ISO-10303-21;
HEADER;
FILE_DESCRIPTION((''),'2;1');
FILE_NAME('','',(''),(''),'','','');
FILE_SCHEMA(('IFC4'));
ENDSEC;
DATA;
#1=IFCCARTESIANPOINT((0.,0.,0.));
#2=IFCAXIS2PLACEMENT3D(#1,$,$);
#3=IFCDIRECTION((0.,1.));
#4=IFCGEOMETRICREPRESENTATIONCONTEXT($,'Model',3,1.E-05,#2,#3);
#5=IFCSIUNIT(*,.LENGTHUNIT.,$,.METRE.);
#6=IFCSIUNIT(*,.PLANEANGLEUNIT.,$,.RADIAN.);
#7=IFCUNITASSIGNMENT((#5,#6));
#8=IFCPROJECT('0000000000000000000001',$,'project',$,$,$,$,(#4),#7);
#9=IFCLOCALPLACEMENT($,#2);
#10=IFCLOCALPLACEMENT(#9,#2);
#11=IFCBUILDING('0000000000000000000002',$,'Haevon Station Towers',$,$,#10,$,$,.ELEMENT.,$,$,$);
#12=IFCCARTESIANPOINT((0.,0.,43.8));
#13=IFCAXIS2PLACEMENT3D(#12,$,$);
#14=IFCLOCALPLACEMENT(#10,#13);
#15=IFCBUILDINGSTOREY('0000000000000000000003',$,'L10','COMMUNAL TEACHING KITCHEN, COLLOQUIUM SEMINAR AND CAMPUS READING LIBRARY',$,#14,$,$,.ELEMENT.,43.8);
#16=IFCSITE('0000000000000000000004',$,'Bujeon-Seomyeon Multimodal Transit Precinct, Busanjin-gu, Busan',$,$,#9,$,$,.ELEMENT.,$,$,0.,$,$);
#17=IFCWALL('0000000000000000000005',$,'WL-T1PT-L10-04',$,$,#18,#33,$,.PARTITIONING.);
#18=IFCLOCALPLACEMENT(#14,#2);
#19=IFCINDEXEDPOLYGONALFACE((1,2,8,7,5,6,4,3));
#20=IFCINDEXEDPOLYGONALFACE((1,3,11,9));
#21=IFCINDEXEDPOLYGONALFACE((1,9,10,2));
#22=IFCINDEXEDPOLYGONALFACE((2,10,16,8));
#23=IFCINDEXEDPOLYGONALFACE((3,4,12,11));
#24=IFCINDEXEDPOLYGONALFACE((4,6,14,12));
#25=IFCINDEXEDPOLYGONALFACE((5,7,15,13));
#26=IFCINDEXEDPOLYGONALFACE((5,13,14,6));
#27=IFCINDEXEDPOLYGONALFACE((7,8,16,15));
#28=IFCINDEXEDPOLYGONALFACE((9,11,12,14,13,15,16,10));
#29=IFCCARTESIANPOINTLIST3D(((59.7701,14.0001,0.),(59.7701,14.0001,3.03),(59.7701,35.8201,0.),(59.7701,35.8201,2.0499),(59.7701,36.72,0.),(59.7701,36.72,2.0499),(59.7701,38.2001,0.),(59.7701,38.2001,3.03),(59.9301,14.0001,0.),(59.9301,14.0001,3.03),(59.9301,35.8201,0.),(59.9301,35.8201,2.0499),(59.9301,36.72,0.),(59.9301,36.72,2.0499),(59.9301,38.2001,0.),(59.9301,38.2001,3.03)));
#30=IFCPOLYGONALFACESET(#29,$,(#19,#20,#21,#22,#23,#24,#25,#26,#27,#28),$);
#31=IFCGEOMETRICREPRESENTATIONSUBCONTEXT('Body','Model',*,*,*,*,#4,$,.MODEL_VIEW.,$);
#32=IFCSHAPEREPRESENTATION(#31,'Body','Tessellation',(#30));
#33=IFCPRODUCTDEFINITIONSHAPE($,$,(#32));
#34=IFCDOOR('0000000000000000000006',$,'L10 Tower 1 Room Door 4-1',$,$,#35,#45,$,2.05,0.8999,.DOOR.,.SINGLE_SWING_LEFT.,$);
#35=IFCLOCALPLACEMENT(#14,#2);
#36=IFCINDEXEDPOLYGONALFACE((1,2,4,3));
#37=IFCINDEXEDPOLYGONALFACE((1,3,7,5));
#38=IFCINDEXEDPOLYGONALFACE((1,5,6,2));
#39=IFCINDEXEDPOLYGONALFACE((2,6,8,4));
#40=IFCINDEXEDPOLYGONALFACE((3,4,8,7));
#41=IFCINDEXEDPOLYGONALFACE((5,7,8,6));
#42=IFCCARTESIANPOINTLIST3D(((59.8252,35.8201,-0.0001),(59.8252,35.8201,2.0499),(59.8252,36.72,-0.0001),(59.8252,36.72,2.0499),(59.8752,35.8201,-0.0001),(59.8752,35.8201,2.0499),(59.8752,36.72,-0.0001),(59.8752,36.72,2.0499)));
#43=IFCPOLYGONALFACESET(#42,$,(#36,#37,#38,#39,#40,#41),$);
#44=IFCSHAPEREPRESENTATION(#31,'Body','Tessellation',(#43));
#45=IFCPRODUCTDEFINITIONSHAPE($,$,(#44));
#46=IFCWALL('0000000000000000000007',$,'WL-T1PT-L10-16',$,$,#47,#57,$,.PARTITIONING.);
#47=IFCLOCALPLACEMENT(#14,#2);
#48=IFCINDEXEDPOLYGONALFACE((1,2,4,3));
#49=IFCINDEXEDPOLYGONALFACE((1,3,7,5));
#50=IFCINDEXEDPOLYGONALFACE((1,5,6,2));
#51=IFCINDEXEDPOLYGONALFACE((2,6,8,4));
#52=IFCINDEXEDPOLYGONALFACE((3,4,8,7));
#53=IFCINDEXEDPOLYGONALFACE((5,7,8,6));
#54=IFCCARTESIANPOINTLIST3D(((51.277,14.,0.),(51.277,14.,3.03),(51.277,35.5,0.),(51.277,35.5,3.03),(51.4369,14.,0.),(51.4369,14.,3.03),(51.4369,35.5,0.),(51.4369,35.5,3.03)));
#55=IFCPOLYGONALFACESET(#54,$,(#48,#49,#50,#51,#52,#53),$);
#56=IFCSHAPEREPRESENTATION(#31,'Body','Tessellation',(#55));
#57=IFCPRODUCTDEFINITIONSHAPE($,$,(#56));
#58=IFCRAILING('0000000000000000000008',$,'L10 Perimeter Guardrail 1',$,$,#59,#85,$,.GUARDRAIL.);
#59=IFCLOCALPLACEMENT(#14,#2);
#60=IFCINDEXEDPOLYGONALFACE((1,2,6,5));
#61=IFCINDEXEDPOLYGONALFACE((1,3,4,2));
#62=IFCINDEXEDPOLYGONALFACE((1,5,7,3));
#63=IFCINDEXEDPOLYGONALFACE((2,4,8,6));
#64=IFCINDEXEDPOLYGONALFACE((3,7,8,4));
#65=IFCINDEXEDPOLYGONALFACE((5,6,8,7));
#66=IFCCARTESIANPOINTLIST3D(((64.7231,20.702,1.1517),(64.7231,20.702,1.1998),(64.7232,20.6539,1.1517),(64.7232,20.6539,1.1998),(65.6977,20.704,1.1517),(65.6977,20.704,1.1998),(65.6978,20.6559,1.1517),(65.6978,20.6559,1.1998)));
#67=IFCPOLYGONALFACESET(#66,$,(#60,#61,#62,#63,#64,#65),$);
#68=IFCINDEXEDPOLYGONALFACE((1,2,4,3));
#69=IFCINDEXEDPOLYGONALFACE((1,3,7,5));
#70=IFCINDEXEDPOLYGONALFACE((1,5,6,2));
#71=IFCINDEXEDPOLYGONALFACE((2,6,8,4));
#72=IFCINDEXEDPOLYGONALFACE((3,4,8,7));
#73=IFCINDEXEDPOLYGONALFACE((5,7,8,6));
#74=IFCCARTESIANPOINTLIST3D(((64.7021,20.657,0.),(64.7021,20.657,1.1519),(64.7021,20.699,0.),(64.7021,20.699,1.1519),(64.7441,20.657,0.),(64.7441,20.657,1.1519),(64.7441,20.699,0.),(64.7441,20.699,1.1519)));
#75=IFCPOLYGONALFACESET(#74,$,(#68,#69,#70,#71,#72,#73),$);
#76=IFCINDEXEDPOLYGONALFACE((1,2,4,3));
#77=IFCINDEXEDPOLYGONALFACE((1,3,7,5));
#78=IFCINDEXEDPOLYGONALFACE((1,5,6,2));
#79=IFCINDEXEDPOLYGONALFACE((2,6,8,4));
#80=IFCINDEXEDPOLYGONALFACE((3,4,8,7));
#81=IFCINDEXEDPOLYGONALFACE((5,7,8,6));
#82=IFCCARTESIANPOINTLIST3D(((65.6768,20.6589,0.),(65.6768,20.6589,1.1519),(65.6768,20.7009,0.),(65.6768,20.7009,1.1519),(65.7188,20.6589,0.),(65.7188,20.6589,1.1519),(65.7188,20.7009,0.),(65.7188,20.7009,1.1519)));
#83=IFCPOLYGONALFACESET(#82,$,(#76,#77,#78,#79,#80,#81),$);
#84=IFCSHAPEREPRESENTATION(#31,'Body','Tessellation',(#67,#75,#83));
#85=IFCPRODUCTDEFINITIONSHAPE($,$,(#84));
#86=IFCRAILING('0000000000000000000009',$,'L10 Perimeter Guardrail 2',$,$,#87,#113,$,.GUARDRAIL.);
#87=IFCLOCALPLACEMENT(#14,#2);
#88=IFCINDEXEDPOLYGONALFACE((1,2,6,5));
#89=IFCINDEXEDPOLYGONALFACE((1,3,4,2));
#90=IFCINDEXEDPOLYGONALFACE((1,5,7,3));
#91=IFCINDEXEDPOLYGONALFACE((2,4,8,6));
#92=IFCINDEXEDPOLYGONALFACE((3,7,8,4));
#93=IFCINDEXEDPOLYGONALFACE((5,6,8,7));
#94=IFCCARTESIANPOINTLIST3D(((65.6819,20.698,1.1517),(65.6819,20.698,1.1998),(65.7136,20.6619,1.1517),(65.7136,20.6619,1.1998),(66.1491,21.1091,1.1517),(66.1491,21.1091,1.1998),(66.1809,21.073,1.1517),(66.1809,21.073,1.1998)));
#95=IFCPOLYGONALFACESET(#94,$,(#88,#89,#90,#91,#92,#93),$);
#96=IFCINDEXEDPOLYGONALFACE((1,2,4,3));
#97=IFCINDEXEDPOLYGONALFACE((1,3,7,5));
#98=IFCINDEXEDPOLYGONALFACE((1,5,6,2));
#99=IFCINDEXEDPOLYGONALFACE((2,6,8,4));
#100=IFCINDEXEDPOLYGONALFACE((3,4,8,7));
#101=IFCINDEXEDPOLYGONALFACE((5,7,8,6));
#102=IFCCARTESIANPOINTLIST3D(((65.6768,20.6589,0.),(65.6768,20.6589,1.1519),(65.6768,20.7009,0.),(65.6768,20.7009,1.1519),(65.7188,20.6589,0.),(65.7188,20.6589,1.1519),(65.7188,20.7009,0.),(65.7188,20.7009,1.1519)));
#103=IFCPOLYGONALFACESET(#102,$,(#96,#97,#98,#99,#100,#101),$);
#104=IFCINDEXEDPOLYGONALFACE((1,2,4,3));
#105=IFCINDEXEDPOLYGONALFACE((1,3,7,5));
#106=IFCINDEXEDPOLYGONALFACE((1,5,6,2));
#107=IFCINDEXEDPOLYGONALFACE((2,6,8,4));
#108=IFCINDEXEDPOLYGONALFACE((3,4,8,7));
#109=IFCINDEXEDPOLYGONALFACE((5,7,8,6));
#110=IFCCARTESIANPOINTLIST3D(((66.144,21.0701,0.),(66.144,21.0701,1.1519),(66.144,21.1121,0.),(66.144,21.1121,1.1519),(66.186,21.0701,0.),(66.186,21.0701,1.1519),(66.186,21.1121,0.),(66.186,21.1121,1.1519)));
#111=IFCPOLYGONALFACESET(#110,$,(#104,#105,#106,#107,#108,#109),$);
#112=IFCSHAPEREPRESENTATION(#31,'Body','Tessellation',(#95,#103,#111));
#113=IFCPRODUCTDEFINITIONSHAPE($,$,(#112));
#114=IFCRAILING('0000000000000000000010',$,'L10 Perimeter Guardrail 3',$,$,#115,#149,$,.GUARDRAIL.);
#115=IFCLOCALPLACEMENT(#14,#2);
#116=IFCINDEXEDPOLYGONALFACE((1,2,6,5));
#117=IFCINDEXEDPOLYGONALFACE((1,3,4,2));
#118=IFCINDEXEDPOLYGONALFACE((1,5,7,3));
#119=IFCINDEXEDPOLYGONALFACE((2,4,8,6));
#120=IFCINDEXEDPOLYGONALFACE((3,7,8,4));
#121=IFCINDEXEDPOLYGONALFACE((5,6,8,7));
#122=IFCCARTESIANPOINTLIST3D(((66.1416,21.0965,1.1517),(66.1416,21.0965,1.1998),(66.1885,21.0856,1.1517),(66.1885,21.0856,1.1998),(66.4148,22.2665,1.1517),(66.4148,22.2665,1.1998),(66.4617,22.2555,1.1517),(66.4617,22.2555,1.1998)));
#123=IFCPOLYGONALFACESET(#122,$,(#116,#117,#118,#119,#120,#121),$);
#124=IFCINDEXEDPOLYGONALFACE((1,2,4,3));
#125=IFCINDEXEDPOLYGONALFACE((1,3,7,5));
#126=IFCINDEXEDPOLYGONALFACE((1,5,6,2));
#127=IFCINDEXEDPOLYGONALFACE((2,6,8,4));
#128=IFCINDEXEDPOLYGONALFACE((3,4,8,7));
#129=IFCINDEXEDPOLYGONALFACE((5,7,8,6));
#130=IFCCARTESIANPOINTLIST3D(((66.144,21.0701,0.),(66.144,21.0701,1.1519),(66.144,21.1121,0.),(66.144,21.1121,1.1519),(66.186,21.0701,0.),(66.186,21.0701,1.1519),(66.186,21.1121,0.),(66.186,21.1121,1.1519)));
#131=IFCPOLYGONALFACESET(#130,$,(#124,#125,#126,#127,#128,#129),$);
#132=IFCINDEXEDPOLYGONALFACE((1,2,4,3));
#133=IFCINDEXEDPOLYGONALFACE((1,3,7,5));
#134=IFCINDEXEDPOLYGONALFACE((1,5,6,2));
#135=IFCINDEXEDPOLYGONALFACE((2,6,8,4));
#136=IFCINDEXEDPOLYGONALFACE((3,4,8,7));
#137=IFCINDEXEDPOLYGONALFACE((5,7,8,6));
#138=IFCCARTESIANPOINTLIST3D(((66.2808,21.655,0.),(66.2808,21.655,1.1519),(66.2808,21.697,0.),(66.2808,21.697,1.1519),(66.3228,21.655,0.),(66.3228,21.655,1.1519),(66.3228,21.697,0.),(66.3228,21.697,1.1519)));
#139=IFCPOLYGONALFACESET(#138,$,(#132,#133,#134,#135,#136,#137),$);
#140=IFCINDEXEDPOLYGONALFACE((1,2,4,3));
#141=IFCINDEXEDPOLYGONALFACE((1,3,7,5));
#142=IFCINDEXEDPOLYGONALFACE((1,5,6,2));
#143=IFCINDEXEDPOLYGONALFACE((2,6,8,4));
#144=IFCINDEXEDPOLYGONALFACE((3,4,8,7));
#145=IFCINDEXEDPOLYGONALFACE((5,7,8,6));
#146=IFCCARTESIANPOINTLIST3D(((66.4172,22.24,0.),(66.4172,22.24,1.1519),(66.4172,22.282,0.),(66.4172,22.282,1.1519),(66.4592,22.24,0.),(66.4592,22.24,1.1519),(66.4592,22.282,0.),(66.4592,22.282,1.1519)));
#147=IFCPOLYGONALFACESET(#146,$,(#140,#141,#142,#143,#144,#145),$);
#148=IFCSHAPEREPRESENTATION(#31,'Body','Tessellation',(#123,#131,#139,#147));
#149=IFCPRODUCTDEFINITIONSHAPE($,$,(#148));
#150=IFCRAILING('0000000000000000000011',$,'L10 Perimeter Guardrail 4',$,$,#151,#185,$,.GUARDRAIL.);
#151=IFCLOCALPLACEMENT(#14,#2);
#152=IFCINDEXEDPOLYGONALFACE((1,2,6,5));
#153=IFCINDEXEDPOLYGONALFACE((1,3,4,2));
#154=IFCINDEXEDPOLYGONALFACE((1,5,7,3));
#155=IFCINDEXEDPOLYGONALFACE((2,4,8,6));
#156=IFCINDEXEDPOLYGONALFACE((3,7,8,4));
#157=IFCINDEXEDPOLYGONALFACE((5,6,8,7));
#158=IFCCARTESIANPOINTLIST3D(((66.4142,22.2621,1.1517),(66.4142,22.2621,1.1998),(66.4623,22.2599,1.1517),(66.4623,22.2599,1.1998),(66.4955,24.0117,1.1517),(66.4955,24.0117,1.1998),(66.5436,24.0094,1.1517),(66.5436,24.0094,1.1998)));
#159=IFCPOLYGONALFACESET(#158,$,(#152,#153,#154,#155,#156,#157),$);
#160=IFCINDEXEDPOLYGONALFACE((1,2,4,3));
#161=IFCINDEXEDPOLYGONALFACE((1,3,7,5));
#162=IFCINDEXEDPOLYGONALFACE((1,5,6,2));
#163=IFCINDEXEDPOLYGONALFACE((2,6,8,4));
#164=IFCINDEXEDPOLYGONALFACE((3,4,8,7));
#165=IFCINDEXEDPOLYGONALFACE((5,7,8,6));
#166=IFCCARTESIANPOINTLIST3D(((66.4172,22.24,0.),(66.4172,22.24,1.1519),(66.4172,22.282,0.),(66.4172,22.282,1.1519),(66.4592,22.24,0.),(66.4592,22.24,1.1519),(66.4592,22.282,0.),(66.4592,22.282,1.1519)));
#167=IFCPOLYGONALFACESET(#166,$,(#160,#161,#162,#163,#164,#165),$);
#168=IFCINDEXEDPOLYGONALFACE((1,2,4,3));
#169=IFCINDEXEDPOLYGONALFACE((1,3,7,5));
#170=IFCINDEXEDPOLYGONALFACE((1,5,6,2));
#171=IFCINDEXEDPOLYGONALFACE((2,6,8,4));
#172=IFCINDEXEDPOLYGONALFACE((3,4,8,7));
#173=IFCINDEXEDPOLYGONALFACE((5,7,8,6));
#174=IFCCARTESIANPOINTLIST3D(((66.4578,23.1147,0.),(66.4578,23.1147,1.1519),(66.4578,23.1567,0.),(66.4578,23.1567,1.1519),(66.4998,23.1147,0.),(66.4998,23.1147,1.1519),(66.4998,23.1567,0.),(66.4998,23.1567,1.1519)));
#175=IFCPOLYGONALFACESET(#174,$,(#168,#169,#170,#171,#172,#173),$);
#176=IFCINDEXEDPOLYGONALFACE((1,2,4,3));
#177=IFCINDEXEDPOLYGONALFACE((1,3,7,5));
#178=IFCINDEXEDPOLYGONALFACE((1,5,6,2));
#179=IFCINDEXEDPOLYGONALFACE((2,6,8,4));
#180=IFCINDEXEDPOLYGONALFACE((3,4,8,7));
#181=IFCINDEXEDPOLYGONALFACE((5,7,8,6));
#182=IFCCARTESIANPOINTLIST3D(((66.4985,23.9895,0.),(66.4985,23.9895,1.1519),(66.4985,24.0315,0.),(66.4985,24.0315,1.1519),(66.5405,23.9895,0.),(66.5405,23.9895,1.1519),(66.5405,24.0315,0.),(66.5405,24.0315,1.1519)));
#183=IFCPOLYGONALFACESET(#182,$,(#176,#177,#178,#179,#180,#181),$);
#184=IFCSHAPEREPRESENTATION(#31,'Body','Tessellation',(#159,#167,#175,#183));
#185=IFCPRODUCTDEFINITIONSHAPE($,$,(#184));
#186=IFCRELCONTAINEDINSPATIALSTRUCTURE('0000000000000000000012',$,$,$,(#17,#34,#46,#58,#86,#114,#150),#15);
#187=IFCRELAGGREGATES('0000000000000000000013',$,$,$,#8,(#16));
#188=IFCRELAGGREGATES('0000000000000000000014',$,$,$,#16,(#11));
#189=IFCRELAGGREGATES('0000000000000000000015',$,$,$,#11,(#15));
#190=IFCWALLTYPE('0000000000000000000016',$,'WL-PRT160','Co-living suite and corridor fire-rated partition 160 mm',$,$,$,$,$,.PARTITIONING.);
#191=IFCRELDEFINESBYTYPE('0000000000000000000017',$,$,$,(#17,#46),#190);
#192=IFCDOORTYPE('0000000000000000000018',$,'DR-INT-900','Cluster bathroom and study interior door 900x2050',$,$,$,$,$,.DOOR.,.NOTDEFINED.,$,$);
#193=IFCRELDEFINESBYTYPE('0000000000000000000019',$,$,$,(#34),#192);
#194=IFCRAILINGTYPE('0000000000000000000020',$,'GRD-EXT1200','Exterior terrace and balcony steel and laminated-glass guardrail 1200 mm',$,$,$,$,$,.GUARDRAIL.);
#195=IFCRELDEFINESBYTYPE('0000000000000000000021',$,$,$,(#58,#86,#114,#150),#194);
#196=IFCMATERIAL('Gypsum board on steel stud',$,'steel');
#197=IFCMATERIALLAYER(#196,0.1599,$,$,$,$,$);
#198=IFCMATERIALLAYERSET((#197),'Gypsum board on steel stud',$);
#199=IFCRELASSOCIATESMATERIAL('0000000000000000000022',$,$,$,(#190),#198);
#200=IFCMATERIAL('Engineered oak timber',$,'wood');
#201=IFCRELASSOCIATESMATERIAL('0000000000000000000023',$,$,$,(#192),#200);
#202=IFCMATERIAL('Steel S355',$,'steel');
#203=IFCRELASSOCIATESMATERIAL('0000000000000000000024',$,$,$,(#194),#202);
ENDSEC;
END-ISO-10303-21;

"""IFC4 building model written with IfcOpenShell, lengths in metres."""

from ifc_helpers import new_model, si_unit, direction, frame, frame_2d, origin, origin_2d, place, context, subcontext, project, spatial, rectangle, extrude, material, layer, layer_set, type_object, element, fill, save


model = new_model("IFC4")

# Units and contexts
model_context = context("Model", 3, precision=1e-05, world=origin(), true_north=direction((0.0, 1.0)))
body_context = subcontext(model_context, "Body", "Model", "MODEL_VIEW")
ifc_project = project(units=[si_unit("LENGTHUNIT", "METRE"), si_unit("PLANEANGLEUNIT", "RADIAN")], contexts=[model_context])

# Site, building, storey
site_placement = place(None, origin())
site = spatial("IfcSite", under=ifc_project, at=site_placement, Name="Bujeon-Seomyeon Multimodal Transit Precinct, Busanjin-gu, Busan", CompositionType="ELEMENT", RefElevation=0.0)
building_placement = place(site_placement, origin())
building = spatial("IfcBuilding", under=site, at=building_placement, Name="Haevon Station Towers", CompositionType="ELEMENT")
storey_placement = place(building_placement, frame((0.0, 0.0, 43.8)))
storey = spatial("IfcBuildingStorey", under=building, at=storey_placement, Name="L10", Description="COMMUNAL TEACHING KITCHEN, COLLOQUIUM SEMINAR AND CAMPUS READING LIBRARY", CompositionType="ELEMENT", Elevation=43.8)

# Shared definitions
ifc_material_1 = material(Name="Steel S355", Category="steel")

# Wall, opening, door
ifc_material_2 = material(Name="Gypsum board on steel stud", Category="steel")
ifc_layer_1 = layer(ifc_material_2, 0.1599)
ifc_layer_set_1 = layer_set([ifc_layer_1], Name="Gypsum board on steel stud")
wall_type_1 = type_object("IfcWallType", Name="WL-PRT160", Description="Co-living suite and corridor fire-rated partition 160 mm", PredefinedType="PARTITIONING", material=ifc_layer_set_1)
wall_1_placement = place(storey_placement, frame((59.8501, 14.0, 0.0), z_axis=(0.0, 0.0, 1.0), x_axis=(0.0, 1.0, 0.0)))
wall_1 = element("IfcWall", 1, at=wall_1_placement, inside=storey, type_object=wall_type_1, Name="WL-T1PT-L10-04", PredefinedType="PARTITIONING", context=body_context, shape_type="SweptSolid", body=[
    extrude(rectangle(XDim=24.2, YDim=0.1599, at=frame_2d((12.1001, 0.0))), origin(), (0.0, 0.0, 1.0), 3.03),
])
opening_1_placement = place(wall_1_placement, frame((21.8201, 0.0, 0.0)))
opening_1 = element("IfcOpeningElement", 2, at=opening_1_placement, cuts=wall_1, PredefinedType="OPENING", context=body_context, shape_type="SweptSolid", body=[
    extrude(rectangle(XDim=0.8999, YDim=2.05, at=frame_2d((0.45, 1.0249))), frame((0.0, 0.0898, 0.0), z_axis=(0.0, -1.0, 0.0), x_axis=(1.0, 0.0, 0.0)), (0.0, 0.0, 1.0), 0.1799),
])
ifc_material_3 = material(Name="Engineered oak timber", Category="wood")
door_type = type_object("IfcDoorType", Name="DR-INT-900", Description="Cluster bathroom and study interior door 900x2050", OperationType="NOTDEFINED", PredefinedType="DOOR", material=ifc_material_3)
door_placement = place(opening_1_placement, origin())
door = element("IfcDoor", 3, at=door_placement, inside=storey, type_object=door_type, Name="L10 Tower 1 Room Door 4-1", OperationType="SINGLE_SWING_LEFT", OverallHeight=2.05, OverallWidth=0.8999, PredefinedType="DOOR", context=body_context, shape_type="SweptSolid", body=[
    extrude(rectangle(XDim=0.8999, YDim=2.05, at=frame_2d((0.45, 1.0249))), frame((0.0, 0.0249, 0.0), z_axis=(0.0, -1.0, 0.0), x_axis=(1.0, 0.0, 0.0)), (0.0, 0.0, 1.0), 0.05),
])
fill(opening_1, door)

# Wall
wall_2_placement = place(storey_placement, frame((51.3569, 14.0, 0.0), z_axis=(0.0, 0.0, 1.0), x_axis=(0.0, 1.0, 0.0)))
element("IfcWall", 4, at=wall_2_placement, inside=storey, type_object=wall_type_1, Name="WL-T1PT-L10-16", PredefinedType="PARTITIONING", context=body_context, shape_type="SweptSolid", body=[
    extrude(rectangle(XDim=21.5, YDim=0.1599, at=frame_2d((10.75, 0.0))), origin(), (0.0, 0.0, 1.0), 3.03),
])

# Railings
railing_type = type_object("IfcRailingType", Name="GRD-EXT1200", Description="Exterior terrace and balcony steel and laminated-glass guardrail 1200 mm", PredefinedType="GUARDRAIL", material=ifc_material_1)
railing_1_placement = place(storey_placement, frame((64.7231, 20.678, 0.0)))
element("IfcRailing", 5, at=railing_1_placement, inside=storey, type_object=railing_type, Name="L10 Perimeter Guardrail 1", PredefinedType="GUARDRAIL", context=body_context, shape_type="SweptSolid", body=[
    extrude(rectangle(XDim=0.0481, YDim=0.0481, at=origin_2d()), frame((0.0, 0.0, 1.1758), z_axis=(0.999998, 0.002004, 0.0), x_axis=(-0.002004, 0.999998, 0.0)), (0.0, 0.0, 1.0), 0.9746),
    extrude(rectangle(XDim=0.042, YDim=0.042, at=origin_2d()), origin(), (0.0, 0.0, 1.0), 1.1519),
    extrude(rectangle(XDim=0.042, YDim=0.042, at=origin_2d()), frame((0.9746, 0.002, 0.0)), (0.0, 0.0, 1.0), 1.1519),
])
railing_2_placement = place(storey_placement, frame((65.6978, 20.6799, 0.0)))
element("IfcRailing", 6, at=railing_2_placement, inside=storey, type_object=railing_type, Name="L10 Perimeter Guardrail 2", PredefinedType="GUARDRAIL", context=body_context, shape_type="SweptSolid", body=[
    extrude(rectangle(XDim=0.0481, YDim=0.0481, at=origin_2d()), frame((0.0, 0.0, 1.1758), z_axis=(0.750776, 0.660557, 0.0), x_axis=(-0.660557, 0.750776, 0.0)), (0.0, 0.0, 1.0), 0.6223),
    extrude(rectangle(XDim=0.042, YDim=0.042, at=origin_2d()), origin(), (0.0, 0.0, 1.0), 1.1519),
    extrude(rectangle(XDim=0.042, YDim=0.042, at=origin_2d()), frame((0.4673, 0.4111, 0.0)), (0.0, 0.0, 1.0), 1.1519),
])
railing_3_placement = place(storey_placement, frame((66.165, 21.0911, 0.0)))
element("IfcRailing", 7, at=railing_3_placement, inside=storey, type_object=railing_type, Name="L10 Perimeter Guardrail 3", PredefinedType="GUARDRAIL", context=body_context, shape_type="SweptSolid", body=[
    extrude(rectangle(XDim=0.0481, YDim=0.0481, at=origin_2d()), frame((0.0, 0.0, 1.1758), z_axis=(0.227397, 0.973802, 0.0), x_axis=(-0.973802, 0.227397, 0.0)), (0.0, 0.0, 1.0), 1.2014),
    extrude(rectangle(XDim=0.042, YDim=0.042, at=origin_2d()), origin(), (0.0, 0.0, 1.0), 1.1519),
    extrude(rectangle(XDim=0.042, YDim=0.042, at=origin_2d()), frame((0.1367, 0.585, 0.0)), (0.0, 0.0, 1.0), 1.1519),
    extrude(rectangle(XDim=0.042, YDim=0.042, at=origin_2d()), frame((0.2732, 1.1699, 0.0)), (0.0, 0.0, 1.0), 1.1519),
])
railing_4_placement = place(storey_placement, frame((66.4382, 22.261, 0.0)))
element("IfcRailing", 8, at=railing_4_placement, inside=storey, type_object=railing_type, Name="L10 Perimeter Guardrail 4", PredefinedType="GUARDRAIL", context=body_context, shape_type="SweptSolid", body=[
    extrude(rectangle(XDim=0.0481, YDim=0.0481, at=origin_2d()), frame((0.0, 0.0, 1.1758), z_axis=(0.046419, 0.998922, 0.0), x_axis=(-0.998922, 0.046419, 0.0)), (0.0, 0.0, 1.0), 1.7515),
    extrude(rectangle(XDim=0.042, YDim=0.042, at=origin_2d()), origin(), (0.0, 0.0, 1.0), 1.1519),
    extrude(rectangle(XDim=0.042, YDim=0.042, at=origin_2d()), frame((0.0405, 0.8748, 0.0)), (0.0, 0.0, 1.0), 1.1519),
    extrude(rectangle(XDim=0.042, YDim=0.042, at=origin_2d()), frame((0.0813, 1.7495, 0.0)), (0.0, 0.0, 1.0), 1.1519),
])

save(model, "model.ifc")
